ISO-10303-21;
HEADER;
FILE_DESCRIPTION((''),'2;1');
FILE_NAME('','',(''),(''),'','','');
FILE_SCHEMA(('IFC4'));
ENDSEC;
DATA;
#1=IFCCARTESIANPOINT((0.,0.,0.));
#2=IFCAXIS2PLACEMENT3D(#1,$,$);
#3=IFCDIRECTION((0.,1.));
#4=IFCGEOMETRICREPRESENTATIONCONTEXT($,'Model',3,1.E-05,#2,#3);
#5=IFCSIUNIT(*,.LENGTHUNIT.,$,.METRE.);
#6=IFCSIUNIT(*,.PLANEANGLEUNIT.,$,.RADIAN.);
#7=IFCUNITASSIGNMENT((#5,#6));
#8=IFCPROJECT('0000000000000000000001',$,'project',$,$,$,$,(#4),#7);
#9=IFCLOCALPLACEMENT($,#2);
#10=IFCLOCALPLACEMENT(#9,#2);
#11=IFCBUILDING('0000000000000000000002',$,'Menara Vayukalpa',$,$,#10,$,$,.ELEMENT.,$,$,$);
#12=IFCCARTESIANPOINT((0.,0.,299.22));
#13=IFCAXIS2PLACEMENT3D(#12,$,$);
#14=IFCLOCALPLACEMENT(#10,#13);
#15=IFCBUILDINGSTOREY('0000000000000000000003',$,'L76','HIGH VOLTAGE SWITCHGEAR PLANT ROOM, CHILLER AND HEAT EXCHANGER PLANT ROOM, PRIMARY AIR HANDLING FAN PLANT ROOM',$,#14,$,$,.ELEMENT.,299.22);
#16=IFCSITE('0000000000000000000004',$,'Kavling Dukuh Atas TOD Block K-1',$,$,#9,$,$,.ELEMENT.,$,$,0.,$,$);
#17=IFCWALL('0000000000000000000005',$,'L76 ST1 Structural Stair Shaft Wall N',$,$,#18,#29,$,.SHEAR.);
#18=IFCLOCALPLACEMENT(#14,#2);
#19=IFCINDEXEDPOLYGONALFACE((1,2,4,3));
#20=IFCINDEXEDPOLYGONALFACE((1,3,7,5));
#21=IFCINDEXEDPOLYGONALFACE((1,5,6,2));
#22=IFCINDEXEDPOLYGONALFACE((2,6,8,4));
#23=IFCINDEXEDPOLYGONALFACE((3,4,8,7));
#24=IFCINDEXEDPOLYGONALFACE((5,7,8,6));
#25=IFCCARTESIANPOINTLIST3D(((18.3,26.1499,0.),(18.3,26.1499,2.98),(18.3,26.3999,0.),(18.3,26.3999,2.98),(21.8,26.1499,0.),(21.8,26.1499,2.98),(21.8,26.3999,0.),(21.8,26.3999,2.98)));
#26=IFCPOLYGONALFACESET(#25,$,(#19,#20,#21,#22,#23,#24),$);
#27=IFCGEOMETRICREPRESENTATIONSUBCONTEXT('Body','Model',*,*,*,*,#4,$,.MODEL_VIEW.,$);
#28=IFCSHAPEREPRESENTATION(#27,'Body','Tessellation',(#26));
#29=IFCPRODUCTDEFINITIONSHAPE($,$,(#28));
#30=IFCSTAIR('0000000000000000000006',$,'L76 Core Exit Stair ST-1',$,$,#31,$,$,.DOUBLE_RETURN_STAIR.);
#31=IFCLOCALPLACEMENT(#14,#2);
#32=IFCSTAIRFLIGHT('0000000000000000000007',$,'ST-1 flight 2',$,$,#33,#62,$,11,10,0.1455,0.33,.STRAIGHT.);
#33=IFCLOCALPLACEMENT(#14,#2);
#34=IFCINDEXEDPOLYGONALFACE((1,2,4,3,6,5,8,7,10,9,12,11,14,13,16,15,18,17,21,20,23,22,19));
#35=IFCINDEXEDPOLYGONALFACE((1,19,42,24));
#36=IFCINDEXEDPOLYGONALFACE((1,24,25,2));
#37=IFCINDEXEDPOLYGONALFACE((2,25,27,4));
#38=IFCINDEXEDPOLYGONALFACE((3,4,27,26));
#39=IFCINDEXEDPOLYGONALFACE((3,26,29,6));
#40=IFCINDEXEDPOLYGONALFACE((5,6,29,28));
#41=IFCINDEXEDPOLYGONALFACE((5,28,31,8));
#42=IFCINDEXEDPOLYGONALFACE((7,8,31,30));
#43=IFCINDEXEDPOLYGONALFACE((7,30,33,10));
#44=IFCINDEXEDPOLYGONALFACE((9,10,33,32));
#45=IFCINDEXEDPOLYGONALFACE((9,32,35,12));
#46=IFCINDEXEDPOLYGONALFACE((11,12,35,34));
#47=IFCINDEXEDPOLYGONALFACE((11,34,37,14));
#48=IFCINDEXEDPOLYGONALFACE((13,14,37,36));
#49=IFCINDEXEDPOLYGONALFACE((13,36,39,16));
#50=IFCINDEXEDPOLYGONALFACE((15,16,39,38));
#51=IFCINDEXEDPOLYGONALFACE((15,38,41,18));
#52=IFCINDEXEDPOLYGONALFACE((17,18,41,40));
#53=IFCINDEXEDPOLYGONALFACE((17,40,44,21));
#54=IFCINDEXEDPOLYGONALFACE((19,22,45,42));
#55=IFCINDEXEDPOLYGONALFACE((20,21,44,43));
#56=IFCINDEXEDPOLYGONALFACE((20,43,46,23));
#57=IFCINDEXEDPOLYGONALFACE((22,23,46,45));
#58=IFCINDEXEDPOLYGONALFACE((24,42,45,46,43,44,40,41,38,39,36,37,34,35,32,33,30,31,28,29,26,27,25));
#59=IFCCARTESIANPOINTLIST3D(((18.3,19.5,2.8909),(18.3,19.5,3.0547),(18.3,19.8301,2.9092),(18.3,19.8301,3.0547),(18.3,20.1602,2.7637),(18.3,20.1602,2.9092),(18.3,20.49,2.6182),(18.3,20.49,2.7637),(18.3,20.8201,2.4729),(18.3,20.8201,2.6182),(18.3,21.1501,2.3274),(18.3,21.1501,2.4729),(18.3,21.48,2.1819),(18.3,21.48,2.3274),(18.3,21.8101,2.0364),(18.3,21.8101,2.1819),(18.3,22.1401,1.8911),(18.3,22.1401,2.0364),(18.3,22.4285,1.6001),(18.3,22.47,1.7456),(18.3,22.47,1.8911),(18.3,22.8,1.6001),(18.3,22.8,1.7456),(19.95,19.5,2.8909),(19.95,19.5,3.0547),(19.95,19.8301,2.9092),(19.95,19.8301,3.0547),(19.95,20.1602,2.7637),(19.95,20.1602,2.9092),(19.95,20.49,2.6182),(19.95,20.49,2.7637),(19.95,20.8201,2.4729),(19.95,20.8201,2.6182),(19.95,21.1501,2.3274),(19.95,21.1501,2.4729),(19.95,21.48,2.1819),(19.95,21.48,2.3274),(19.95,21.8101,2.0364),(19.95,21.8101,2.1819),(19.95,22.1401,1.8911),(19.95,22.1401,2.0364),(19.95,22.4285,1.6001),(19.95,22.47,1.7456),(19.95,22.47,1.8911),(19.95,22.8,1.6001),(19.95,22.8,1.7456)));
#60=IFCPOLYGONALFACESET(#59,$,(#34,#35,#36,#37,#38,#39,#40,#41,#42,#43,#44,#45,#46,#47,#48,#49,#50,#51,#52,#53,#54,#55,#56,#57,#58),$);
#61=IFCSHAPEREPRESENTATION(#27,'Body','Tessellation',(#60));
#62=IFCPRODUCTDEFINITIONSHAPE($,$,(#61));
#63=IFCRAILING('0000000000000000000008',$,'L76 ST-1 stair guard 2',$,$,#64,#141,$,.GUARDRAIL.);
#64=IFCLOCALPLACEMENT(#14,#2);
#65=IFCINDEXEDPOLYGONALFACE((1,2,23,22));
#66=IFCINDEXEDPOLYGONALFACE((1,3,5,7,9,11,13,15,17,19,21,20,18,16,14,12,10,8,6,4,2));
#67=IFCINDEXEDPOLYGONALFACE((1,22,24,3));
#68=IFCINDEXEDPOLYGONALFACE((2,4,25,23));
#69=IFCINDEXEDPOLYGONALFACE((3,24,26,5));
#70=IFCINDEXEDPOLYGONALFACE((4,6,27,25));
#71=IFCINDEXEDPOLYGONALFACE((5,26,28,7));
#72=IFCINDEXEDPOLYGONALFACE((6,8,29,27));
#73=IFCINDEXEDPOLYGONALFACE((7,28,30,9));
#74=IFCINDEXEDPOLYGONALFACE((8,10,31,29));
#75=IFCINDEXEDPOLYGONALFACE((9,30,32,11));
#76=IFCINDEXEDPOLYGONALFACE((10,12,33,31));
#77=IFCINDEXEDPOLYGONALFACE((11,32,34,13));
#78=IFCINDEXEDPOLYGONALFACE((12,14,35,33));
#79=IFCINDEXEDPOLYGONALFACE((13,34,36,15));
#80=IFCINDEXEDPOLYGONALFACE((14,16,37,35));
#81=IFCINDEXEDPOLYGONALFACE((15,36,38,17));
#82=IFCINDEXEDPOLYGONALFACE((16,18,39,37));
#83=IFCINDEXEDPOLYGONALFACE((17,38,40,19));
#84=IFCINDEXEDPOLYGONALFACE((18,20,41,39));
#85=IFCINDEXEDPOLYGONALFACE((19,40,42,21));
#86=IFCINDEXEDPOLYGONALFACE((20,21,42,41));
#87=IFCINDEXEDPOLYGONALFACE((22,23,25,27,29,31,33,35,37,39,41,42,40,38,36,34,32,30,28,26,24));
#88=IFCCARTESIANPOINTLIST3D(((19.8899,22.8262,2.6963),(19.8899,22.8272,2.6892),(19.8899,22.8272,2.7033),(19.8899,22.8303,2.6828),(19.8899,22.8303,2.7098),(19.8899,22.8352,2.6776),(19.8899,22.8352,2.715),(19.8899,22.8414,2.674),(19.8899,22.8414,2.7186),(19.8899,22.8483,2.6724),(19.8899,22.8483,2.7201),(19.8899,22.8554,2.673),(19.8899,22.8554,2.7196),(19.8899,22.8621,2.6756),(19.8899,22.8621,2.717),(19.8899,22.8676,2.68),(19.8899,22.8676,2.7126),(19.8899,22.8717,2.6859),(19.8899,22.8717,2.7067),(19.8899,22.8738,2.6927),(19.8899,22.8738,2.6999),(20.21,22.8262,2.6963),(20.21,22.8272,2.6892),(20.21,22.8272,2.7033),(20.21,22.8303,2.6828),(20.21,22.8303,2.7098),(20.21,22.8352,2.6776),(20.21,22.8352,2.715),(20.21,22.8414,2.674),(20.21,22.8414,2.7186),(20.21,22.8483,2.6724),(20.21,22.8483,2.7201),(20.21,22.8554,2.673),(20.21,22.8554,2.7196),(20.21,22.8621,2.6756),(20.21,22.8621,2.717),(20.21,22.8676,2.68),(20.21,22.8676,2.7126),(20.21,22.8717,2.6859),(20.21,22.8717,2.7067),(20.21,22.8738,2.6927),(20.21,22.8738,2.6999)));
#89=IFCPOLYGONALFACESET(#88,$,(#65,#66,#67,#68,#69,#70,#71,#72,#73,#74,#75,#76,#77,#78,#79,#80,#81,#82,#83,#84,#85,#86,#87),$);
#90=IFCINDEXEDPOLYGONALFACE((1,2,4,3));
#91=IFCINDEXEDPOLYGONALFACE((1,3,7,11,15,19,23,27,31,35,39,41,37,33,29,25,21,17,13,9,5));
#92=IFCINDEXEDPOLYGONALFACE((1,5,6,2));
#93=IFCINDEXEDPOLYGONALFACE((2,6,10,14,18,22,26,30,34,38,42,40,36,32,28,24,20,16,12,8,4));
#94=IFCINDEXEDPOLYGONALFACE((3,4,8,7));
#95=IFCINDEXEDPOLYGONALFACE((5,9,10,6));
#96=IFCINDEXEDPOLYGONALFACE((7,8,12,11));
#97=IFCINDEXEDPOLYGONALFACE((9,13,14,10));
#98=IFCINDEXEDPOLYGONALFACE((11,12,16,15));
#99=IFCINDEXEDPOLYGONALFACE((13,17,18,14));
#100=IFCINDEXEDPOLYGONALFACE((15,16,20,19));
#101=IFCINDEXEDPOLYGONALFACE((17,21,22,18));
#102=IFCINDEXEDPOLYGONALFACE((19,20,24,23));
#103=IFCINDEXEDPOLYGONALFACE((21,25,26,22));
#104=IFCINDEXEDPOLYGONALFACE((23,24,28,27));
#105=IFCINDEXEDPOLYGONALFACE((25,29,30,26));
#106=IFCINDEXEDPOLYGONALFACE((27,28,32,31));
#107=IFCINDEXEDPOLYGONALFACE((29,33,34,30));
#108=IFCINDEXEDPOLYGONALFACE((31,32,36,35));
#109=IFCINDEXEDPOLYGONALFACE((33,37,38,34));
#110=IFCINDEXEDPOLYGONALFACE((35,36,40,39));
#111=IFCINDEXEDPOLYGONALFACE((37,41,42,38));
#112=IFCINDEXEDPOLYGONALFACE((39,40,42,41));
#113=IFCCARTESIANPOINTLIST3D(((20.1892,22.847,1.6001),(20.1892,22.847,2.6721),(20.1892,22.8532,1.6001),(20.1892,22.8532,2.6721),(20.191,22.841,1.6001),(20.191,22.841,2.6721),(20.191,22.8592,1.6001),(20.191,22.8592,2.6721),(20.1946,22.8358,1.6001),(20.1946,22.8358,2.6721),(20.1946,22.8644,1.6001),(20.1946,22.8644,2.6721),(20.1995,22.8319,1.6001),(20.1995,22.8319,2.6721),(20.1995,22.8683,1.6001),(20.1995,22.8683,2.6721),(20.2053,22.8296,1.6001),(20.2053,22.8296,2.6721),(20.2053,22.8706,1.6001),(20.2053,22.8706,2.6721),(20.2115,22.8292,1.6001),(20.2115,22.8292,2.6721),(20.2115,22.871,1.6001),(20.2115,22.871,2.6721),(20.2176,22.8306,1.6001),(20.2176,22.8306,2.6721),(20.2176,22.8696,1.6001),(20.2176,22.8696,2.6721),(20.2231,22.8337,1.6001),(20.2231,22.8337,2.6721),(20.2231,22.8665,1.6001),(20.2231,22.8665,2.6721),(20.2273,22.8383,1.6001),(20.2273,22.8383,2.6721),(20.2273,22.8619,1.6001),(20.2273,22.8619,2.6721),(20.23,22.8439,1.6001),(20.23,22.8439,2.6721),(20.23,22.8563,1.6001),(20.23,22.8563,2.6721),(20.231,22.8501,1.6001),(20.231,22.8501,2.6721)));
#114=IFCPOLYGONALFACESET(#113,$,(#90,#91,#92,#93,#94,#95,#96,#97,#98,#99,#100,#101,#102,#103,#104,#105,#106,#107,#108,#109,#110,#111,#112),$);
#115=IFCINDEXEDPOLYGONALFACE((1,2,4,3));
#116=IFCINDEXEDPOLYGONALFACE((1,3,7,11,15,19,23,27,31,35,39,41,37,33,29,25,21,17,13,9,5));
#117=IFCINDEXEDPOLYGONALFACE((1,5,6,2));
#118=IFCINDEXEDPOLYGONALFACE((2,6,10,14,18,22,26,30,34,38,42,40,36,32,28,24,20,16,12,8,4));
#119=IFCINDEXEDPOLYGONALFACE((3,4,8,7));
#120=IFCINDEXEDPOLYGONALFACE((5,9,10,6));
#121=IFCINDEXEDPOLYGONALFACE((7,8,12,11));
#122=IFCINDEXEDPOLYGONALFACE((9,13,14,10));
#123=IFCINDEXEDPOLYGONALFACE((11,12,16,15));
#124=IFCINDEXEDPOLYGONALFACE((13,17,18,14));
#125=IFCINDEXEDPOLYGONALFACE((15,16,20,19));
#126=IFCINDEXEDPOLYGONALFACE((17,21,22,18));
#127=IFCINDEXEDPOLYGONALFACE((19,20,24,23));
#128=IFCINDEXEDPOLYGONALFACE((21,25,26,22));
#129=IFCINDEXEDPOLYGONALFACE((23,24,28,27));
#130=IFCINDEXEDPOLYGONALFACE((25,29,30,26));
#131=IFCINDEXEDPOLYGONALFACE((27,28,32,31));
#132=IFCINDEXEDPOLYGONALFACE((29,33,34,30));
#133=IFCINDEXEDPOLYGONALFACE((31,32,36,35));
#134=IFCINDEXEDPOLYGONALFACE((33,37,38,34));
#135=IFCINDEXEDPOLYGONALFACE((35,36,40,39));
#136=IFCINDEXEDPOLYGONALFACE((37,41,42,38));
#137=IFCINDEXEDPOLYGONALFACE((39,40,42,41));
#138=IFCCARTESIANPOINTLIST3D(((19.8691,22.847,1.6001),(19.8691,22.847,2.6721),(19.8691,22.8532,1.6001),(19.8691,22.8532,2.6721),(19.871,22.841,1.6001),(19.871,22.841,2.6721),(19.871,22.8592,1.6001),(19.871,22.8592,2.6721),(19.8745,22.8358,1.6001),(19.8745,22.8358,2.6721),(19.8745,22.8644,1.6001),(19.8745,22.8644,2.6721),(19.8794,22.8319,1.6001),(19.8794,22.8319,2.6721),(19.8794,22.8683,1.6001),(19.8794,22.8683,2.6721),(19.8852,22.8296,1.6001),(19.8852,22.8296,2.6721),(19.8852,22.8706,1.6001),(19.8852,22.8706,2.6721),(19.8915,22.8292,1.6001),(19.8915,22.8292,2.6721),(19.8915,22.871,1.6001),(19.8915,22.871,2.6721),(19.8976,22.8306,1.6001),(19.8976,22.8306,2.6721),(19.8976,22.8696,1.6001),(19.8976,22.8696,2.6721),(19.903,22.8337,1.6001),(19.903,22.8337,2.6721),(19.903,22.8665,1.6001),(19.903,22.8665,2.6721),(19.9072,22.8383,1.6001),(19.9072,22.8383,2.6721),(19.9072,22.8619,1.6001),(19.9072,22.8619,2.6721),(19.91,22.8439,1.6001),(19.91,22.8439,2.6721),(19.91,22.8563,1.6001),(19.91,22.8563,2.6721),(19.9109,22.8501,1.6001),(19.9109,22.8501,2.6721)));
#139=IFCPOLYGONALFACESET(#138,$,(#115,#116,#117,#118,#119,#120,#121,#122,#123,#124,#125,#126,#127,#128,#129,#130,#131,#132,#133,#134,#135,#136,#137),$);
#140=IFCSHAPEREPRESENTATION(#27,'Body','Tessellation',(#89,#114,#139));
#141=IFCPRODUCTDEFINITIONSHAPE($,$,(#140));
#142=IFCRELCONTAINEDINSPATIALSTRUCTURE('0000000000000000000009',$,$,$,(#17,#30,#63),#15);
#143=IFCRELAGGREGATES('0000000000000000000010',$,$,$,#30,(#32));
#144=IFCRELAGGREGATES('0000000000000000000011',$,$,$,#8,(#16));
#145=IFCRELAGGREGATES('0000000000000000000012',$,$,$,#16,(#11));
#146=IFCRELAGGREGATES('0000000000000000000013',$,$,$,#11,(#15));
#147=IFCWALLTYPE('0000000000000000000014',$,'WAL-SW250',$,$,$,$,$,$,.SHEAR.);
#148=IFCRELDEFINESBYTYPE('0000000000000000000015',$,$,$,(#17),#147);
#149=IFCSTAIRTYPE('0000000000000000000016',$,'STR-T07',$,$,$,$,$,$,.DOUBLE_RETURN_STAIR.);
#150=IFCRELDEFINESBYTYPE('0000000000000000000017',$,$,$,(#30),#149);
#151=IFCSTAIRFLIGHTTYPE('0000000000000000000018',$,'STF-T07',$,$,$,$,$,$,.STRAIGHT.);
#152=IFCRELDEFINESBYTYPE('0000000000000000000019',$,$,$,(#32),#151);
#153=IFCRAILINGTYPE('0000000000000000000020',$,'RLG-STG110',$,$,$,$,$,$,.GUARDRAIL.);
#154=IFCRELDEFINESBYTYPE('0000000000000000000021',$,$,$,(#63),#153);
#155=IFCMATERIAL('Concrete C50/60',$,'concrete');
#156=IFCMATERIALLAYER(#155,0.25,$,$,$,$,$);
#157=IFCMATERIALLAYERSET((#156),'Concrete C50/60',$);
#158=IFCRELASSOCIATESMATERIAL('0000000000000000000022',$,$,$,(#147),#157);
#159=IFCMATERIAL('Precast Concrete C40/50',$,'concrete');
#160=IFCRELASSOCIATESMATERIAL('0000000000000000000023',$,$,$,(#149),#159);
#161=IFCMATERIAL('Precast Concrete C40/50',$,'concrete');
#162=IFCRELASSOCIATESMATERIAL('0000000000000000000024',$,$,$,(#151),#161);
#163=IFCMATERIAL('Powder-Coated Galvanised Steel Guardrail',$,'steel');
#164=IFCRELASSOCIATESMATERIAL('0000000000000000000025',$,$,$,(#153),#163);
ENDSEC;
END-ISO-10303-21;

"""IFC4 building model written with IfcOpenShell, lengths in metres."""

from ifc_helpers import new_model, si_unit, direction, frame, frame_2d, origin, origin_2d, place, context, subcontext, project, spatial, polyline, rectangle, circle, outline, extrude, material, layer, layer_set, type_object, element, aggregate, save


model = new_model("IFC4")

# Units and contexts
model_context = context("Model", 3, precision=1e-05, world=origin(), true_north=direction((0.0, 1.0)))
body_context = subcontext(model_context, "Body", "Model", "MODEL_VIEW")
ifc_project = project(units=[si_unit("LENGTHUNIT", "METRE"), si_unit("PLANEANGLEUNIT", "RADIAN")], contexts=[model_context])

# Site, building, storey
site_placement = place(None, origin())
site = spatial("IfcSite", under=ifc_project, at=site_placement, Name="Kavling Dukuh Atas TOD Block K-1", CompositionType="ELEMENT", RefElevation=0.0)
building_placement = place(site_placement, origin())
building = spatial("IfcBuilding", under=site, at=building_placement, Name="Menara Vayukalpa", CompositionType="ELEMENT")
storey_placement = place(building_placement, frame((0.0, 0.0, 299.22)))
storey = spatial("IfcBuildingStorey", under=building, at=storey_placement, Name="L76", Description="HIGH VOLTAGE SWITCHGEAR PLANT ROOM, CHILLER AND HEAT EXCHANGER PLANT ROOM, PRIMARY AIR HANDLING FAN PLANT ROOM", CompositionType="ELEMENT", Elevation=299.22)

# Wall
ifc_material_1 = material(Name="Concrete C50/60", Category="concrete")
ifc_layer_1 = layer(ifc_material_1, 0.25)
ifc_layer_set_1 = layer_set([ifc_layer_1], Name="Concrete C50/60")
wall_type_1 = type_object("IfcWallType", Name="WAL-SW250", PredefinedType="SHEAR", material=ifc_layer_set_1)
wall_1_placement = place(storey_placement, frame((18.3, 26.2749, 0.0), z_axis=(0.0, 0.0, 1.0), x_axis=(1.0, 0.0, 0.0)))
element("IfcWall", 1, at=wall_1_placement, inside=storey, type_object=wall_type_1, Name="L76 ST1 Structural Stair Shaft Wall N", PredefinedType="SHEAR", context=body_context, shape_type="SweptSolid", body=[
    extrude(rectangle(XDim=3.5, YDim=0.25, at=frame_2d((1.75, 0.0))), origin(), (0.0, 0.0, 1.0), 2.98),
])

# Stair, stair flight
ifc_material_2 = material(Name="Precast Concrete C40/50", Category="concrete")
stair_type = type_object("IfcStairType", Name="STR-T07", PredefinedType="DOUBLE_RETURN_STAIR", material=ifc_material_2)
stair_placement = place(storey_placement, origin())
stair = element("IfcStair", 2, at=stair_placement, inside=storey, type_object=stair_type, Name="L76 Core Exit Stair ST-1", PredefinedType="DOUBLE_RETURN_STAIR")
ifc_material_3 = material(Name="Precast Concrete C40/50", Category="concrete")
stair_flight_type = type_object("IfcStairFlightType", Name="STF-T07", PredefinedType="STRAIGHT", material=ifc_material_3)
stair_flight_placement = place(storey_placement, frame((19.125, 22.8, 1.6001), z_axis=(0.0, 0.0, 1.0), x_axis=(0.0, -1.0, 0.0)))
stair_flight = element("IfcStairFlight", 3, at=stair_flight_placement, type_object=stair_flight_type, Name="ST-1 flight 2", NumberOfRisers=11, NumberOfTreads=10, PredefinedType="STRAIGHT", RiserHeight=0.1455, TreadLength=0.33, context=body_context, shape_type="SweptSolid", body=[
    extrude(outline(polyline([(0.0, 0.0), (0.0, 0.1455), (0.3301, 0.1455), (0.3301, 0.291), (0.6599, 0.291), (0.6599, 0.4363), (0.99, 0.4363), (0.99, 0.5818), (1.3201, 0.5818), (1.3201, 0.7273), (1.6499, 0.7273), (1.6499, 0.8728), (1.98, 0.8728), (1.98, 1.0181), (2.3101, 1.0181), (2.3101, 1.1636), (2.6399, 1.1636), (2.6399, 1.3091), (2.97, 1.3091), (2.97, 1.4546), (3.3, 1.4546), (3.3, 1.6001), (3.3, 1.2908), (0.3716, 0.0), (0.0, 0.0)])), frame((0.0, 0.825, 0.0), z_axis=(0.0, -1.0, 0.0), x_axis=(1.0, 0.0, 0.0)), (0.0, 0.0, 1.0), 1.6499),
])
aggregate(stair, [stair_flight])

# Railing
ifc_material_4 = material(Name="Powder-Coated Galvanised Steel Guardrail", Category="steel")
railing_type_1 = type_object("IfcRailingType", Name="RLG-STG110", PredefinedType="GUARDRAIL", material=ifc_material_4)
railing_1_placement = place(storey_placement, frame((20.21, 22.8501, 1.6001)))
element("IfcRailing", 4, at=railing_1_placement, inside=storey, type_object=railing_type_1, Name="L76 ST-1 stair guard 2", PredefinedType="GUARDRAIL", context=body_context, shape_type="SweptSolid", body=[
    extrude(circle(Radius=0.0239, at=origin_2d()), frame((0.0, 0.0, 1.0962), z_axis=(-1.0, 0.0, 0.0), x_axis=(0.0, -1.0, 0.0)), (0.0, 0.0, 1.0), 0.3201),
    extrude(circle(Radius=0.021, at=origin_2d()), origin(), (0.0, 0.0, 1.0), 1.072),
    extrude(circle(Radius=0.021, at=origin_2d()), frame((-0.3201, 0.0, 0.0)), (0.0, 0.0, 1.0), 1.072),
])

save(model, "model.ifc")
